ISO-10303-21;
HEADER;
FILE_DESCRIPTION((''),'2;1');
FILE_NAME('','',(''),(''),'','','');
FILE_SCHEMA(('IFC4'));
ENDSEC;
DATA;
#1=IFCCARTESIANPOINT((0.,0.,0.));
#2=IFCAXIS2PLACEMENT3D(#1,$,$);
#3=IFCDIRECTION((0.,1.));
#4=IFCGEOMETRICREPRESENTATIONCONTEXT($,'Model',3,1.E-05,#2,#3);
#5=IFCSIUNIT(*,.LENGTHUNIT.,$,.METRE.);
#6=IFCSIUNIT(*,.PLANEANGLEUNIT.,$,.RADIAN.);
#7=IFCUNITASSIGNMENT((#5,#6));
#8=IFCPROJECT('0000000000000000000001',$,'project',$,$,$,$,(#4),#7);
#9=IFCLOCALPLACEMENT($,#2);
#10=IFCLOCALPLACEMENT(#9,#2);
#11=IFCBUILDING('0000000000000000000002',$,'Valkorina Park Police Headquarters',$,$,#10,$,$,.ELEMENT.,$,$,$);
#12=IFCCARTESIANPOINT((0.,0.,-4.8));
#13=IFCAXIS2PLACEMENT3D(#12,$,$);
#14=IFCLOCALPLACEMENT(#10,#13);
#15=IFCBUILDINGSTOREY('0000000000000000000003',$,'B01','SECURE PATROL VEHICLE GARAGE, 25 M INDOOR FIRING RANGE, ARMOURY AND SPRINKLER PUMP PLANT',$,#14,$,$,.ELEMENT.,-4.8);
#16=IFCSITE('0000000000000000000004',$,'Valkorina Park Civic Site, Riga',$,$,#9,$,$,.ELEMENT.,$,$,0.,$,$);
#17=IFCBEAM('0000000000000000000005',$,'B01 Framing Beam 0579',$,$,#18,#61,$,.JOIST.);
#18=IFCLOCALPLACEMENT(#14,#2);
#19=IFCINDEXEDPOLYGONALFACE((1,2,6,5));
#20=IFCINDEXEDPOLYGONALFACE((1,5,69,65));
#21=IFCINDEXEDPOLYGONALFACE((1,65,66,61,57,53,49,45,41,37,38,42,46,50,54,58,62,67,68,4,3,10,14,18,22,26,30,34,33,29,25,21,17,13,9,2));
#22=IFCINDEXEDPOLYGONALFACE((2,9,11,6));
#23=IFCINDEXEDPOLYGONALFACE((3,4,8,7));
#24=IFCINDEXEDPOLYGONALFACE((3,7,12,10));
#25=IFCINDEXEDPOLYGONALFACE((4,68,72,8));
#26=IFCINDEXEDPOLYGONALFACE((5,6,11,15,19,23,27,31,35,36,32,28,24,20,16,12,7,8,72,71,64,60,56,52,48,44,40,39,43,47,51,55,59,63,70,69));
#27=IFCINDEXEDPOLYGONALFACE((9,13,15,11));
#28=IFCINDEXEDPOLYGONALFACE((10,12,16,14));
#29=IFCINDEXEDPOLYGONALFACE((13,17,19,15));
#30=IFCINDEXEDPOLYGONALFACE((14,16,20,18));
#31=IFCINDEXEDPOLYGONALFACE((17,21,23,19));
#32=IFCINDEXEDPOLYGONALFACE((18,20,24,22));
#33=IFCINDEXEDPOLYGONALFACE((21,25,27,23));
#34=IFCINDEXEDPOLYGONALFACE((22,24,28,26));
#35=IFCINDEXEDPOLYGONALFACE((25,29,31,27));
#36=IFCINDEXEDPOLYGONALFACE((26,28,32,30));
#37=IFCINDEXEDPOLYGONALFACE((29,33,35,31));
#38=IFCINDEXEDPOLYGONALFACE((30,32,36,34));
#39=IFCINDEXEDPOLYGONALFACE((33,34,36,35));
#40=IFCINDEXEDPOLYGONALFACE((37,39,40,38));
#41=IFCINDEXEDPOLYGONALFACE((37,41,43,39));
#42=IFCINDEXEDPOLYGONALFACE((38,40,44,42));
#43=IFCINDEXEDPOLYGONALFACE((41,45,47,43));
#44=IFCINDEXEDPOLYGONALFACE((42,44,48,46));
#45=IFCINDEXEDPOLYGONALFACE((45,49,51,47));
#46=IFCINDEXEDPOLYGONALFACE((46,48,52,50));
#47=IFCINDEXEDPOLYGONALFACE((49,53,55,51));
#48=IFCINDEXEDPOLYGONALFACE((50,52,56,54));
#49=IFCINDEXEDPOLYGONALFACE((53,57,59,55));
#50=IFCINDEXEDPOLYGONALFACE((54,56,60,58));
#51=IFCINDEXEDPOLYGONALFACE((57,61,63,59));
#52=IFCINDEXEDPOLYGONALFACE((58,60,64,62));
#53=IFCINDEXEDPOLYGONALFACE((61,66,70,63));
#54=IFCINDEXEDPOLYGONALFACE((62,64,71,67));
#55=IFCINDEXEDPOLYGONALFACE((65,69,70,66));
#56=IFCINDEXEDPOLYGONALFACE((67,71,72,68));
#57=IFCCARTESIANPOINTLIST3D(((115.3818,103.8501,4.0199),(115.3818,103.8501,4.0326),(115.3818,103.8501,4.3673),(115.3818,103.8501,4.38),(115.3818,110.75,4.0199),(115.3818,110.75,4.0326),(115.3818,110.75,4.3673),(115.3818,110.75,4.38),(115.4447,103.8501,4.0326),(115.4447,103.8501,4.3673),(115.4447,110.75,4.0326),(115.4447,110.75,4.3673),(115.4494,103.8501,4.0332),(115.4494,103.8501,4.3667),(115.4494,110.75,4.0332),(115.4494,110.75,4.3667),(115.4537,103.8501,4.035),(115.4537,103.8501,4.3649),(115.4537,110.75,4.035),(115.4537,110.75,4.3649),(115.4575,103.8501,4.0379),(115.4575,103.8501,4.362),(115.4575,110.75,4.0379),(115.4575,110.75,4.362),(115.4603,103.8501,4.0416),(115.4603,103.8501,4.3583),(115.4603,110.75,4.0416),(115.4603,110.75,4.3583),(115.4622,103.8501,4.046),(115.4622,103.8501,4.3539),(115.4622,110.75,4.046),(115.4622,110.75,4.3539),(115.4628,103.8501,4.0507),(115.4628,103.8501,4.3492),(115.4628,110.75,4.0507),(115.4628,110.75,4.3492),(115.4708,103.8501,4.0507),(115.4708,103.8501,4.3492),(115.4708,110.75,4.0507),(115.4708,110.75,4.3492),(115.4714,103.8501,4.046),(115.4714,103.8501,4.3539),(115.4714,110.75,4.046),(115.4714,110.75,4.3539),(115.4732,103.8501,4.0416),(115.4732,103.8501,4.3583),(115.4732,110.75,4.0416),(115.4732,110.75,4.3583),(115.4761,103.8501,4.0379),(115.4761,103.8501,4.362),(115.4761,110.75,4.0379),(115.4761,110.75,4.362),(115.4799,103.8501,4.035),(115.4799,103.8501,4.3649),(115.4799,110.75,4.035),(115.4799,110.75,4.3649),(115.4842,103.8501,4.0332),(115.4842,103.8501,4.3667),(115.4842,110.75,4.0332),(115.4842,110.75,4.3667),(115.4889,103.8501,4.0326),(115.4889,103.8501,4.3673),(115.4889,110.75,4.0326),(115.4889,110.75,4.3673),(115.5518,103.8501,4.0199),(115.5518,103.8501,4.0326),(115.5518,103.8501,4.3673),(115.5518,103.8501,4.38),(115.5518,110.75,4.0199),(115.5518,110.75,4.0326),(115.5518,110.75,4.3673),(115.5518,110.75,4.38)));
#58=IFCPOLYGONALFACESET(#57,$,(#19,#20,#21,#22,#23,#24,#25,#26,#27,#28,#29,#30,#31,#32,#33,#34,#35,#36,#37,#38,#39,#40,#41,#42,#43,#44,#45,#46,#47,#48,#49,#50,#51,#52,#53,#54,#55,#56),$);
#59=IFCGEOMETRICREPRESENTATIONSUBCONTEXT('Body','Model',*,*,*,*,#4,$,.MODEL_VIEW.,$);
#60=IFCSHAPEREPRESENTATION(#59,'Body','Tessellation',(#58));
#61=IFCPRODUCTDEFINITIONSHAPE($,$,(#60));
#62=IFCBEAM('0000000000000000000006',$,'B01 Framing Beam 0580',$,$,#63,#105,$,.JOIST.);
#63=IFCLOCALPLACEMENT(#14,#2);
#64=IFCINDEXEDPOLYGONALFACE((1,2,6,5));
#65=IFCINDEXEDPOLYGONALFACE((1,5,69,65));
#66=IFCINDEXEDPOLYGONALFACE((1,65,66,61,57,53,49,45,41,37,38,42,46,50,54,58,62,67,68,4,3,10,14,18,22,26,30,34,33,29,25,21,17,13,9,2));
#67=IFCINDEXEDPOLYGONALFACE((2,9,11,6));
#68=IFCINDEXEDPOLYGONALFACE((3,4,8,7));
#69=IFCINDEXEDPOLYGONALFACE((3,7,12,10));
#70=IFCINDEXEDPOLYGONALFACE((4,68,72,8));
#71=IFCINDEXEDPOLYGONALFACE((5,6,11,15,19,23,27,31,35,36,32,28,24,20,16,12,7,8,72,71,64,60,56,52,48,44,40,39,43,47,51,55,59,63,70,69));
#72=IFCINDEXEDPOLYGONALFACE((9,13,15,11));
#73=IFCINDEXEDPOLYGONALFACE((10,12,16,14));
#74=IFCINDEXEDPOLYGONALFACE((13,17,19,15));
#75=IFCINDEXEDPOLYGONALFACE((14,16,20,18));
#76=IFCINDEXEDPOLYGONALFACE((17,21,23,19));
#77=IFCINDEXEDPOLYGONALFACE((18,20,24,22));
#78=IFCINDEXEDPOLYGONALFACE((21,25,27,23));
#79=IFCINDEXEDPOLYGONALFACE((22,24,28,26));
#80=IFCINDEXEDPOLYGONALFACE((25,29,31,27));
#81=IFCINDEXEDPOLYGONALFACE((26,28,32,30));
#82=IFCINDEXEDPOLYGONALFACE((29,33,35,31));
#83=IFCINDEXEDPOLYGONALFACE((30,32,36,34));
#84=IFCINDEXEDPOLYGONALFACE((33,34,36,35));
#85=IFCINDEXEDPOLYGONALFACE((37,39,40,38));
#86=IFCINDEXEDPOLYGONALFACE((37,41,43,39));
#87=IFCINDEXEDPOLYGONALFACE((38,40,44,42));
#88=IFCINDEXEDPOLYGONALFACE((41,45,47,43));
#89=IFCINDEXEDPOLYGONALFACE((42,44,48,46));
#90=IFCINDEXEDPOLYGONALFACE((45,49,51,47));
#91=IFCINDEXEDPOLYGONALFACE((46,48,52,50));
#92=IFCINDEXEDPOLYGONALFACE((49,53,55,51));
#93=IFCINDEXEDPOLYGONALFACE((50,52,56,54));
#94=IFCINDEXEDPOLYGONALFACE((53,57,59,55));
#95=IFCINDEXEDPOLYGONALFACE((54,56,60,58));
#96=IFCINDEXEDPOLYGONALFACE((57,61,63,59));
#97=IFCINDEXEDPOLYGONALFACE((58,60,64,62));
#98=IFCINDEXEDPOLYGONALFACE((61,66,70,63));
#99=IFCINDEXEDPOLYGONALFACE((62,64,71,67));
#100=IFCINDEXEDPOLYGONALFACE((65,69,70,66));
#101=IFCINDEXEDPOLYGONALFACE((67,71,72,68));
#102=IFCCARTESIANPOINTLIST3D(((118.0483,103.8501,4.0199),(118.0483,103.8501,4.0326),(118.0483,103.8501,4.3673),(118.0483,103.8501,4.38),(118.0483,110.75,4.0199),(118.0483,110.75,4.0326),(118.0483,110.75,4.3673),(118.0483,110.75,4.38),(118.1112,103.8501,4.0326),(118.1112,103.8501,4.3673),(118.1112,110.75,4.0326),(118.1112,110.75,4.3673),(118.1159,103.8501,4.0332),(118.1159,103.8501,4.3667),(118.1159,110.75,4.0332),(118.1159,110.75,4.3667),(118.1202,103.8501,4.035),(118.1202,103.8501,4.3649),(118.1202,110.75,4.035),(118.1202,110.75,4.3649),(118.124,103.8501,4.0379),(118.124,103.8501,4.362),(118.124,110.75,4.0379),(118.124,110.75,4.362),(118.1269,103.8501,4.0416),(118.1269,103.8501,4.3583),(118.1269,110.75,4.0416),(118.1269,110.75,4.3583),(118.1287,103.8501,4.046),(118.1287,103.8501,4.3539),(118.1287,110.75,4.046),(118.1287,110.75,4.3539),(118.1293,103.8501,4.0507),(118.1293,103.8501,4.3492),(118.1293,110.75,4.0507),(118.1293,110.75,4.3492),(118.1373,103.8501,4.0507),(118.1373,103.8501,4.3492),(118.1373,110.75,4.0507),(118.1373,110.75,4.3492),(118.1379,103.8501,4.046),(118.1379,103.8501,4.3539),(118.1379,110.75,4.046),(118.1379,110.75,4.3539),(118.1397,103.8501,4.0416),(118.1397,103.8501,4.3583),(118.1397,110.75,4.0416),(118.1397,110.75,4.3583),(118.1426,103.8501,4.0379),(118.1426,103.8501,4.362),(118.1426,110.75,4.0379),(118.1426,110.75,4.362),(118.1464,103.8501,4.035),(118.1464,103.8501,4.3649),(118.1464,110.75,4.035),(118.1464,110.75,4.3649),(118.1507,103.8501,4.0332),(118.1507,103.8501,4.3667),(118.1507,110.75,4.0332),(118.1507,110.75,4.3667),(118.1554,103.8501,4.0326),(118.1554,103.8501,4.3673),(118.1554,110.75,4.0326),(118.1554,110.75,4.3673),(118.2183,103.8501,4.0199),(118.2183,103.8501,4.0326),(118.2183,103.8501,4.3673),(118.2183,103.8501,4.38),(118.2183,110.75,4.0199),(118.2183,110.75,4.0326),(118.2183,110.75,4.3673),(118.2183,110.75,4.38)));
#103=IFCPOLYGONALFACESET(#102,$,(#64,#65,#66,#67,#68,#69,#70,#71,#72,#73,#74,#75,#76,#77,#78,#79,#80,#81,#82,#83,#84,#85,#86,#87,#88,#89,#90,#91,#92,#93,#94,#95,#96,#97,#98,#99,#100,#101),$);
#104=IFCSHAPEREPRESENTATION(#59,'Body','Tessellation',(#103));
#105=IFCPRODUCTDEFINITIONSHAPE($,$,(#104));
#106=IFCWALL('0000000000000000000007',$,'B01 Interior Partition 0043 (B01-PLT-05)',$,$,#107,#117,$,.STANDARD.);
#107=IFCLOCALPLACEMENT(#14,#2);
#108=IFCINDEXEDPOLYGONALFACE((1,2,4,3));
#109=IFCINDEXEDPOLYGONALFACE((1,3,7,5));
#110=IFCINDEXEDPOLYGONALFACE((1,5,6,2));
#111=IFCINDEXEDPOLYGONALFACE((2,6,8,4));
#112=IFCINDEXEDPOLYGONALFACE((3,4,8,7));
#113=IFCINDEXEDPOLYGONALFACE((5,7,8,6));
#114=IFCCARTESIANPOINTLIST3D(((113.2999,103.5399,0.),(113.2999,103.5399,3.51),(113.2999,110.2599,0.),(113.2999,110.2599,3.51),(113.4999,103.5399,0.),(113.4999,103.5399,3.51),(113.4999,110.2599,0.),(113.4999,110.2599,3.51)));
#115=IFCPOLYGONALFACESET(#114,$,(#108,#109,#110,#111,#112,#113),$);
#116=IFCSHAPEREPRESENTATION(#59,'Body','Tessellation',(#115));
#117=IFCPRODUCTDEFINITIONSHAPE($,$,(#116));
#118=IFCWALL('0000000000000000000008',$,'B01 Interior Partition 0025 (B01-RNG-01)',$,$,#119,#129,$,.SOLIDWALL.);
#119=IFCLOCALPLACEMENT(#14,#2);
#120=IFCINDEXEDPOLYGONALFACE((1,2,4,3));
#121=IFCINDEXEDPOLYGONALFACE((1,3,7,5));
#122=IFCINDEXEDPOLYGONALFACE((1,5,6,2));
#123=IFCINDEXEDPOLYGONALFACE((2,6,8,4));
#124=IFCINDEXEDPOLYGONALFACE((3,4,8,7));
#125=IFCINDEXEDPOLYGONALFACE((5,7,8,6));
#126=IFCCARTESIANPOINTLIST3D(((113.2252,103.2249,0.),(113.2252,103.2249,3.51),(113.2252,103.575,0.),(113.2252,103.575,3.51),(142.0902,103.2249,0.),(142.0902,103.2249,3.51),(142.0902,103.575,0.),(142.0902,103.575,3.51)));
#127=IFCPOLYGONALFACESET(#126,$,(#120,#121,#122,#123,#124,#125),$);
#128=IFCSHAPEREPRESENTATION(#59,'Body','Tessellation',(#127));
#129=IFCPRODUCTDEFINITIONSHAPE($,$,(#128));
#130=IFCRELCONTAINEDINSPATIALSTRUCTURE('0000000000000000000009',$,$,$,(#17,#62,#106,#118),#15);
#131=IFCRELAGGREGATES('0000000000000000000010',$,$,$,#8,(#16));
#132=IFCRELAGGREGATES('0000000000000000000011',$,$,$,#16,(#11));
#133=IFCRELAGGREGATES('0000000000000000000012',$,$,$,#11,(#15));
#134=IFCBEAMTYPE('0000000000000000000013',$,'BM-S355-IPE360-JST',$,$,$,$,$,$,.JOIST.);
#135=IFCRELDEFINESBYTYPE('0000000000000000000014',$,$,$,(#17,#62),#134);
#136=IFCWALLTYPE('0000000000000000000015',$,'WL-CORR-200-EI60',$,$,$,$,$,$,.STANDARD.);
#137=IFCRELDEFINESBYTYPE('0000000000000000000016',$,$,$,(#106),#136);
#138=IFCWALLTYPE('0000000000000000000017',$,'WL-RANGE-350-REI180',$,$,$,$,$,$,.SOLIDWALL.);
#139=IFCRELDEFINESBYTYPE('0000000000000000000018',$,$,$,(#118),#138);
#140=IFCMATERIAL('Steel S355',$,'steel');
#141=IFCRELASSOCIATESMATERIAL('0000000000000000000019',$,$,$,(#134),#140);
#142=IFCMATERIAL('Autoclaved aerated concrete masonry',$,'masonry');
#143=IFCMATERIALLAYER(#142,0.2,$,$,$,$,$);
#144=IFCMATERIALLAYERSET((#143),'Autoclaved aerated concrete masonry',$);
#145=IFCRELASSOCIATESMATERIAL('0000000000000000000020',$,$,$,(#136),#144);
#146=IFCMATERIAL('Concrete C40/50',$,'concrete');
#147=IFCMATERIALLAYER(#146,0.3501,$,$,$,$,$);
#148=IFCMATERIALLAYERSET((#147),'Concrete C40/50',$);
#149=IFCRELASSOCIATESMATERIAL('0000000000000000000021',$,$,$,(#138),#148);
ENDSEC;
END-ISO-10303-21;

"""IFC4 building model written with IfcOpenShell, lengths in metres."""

from ifc_helpers import new_model, si_unit, direction, frame, frame_2d, origin, origin_2d, place, context, subcontext, project, spatial, rectangle, i_section, extrude, material, layer, layer_set, material_profile, profile_set, type_object, element, save


model = new_model("IFC4")

# Units and contexts
model_context = context("Model", 3, precision=1e-05, world=origin(), true_north=direction((0.0, 1.0)))
body_context = subcontext(model_context, "Body", "Model", "MODEL_VIEW")
ifc_project = project(units=[si_unit("LENGTHUNIT", "METRE"), si_unit("PLANEANGLEUNIT", "RADIAN")], contexts=[model_context])

# Site, building, storey
site_placement = place(None, origin())
site = spatial("IfcSite", under=ifc_project, at=site_placement, Name="Valkorina Park Civic Site, Riga", CompositionType="ELEMENT", RefElevation=0.0)
building_placement = place(site_placement, origin())
building = spatial("IfcBuilding", under=site, at=building_placement, Name="Valkorina Park Police Headquarters", CompositionType="ELEMENT")
storey_placement = place(building_placement, frame((0.0, 0.0, -4.8)))
storey = spatial("IfcBuildingStorey", under=building, at=storey_placement, Name="B01", Description="SECURE PATROL VEHICLE GARAGE, 25 M INDOOR FIRING RANGE, ARMOURY AND SPRINKLER PUMP PLANT", CompositionType="ELEMENT", Elevation=-4.8)

# Shared definitions
ifc_material_1 = material(Name="Concrete C40/50", Category="concrete")

# Beams
ifc_material_2 = material(Name="Steel S355", Category="steel")
ifc_material_profile_1 = material_profile(ifc_material_2, i_section(OverallWidth=0.1699, OverallDepth=0.3601, WebThickness=0.0081, FlangeThickness=0.0127, FilletRadius=0.0181, at=origin_2d()), Name="IPE 360")
ifc_profile_set_1 = profile_set([ifc_material_profile_1], Name="Steel S355")
beam_type_1 = type_object("IfcBeamType", Name="BM-S355-IPE360-JST", PredefinedType="JOIST", material=ifc_profile_set_1)
for number, where, z_axis, x_axis, name in (
    (1, (115.4668, 103.8501, 4.2), (0.0, 1.0, 0.0), (-1.0, 0.0, 0.0), "B01 Framing Beam 0579"),
    (2, (118.1333, 103.8501, 4.2), (0.0, 1.0, 0.0), (-1.0, 0.0, 0.0), "B01 Framing Beam 0580"),
):
    element("IfcBeam", number, at=place(storey_placement, frame(where, z_axis=z_axis, x_axis=x_axis)), inside=storey, type_object=beam_type_1, Name=name, PredefinedType="JOIST", context=body_context, shape_type="SweptSolid", body=[
        extrude(i_section(OverallWidth=0.1699, OverallDepth=0.3601, WebThickness=0.0081, FlangeThickness=0.0127, FilletRadius=0.0181, at=origin_2d()), origin(), (0.0, 0.0, 1.0), 6.8999),
    ])

# Walls
ifc_material_3 = material(Name="Autoclaved aerated concrete masonry", Category="masonry")
ifc_layer_1 = layer(ifc_material_3, 0.2)
ifc_layer_set_1 = layer_set([ifc_layer_1], Name="Autoclaved aerated concrete masonry")
wall_type_1 = type_object("IfcWallType", Name="WL-CORR-200-EI60", PredefinedType="STANDARD", material=ifc_layer_set_1)
wall_1_placement = place(storey_placement, frame((113.3999, 103.54, 0.0), z_axis=(0.0, 0.0, 1.0), x_axis=(0.0, 1.0, 0.0)))
element("IfcWall", 3, at=wall_1_placement, inside=storey, type_object=wall_type_1, Name="B01 Interior Partition 0043 (B01-PLT-05)", PredefinedType="STANDARD", context=body_context, shape_type="SweptSolid", body=[
    extrude(rectangle(XDim=6.72, YDim=0.2, at=frame_2d((3.3599, 0.0))), origin(), (0.0, 0.0, 1.0), 3.51),
])
ifc_layer_2 = layer(ifc_material_1, 0.3501)
ifc_layer_set_2 = layer_set([ifc_layer_2], Name="Concrete C40/50")
wall_type_2 = type_object("IfcWallType", Name="WL-RANGE-350-REI180", PredefinedType="SOLIDWALL", material=ifc_layer_set_2)
wall_2_placement = place(storey_placement, frame((113.2251, 103.3999, 0.0), z_axis=(0.0, 0.0, 1.0), x_axis=(1.0, 0.0, 0.0)))
element("IfcWall", 4, at=wall_2_placement, inside=storey, type_object=wall_type_2, Name="B01 Interior Partition 0025 (B01-RNG-01)", PredefinedType="SOLIDWALL", context=body_context, shape_type="SweptSolid", body=[
    extrude(rectangle(XDim=28.865, YDim=0.3501, at=frame_2d((14.4326, 0.0))), origin(), (0.0, 0.0, 1.0), 3.51),
])

save(model, "model.ifc")
